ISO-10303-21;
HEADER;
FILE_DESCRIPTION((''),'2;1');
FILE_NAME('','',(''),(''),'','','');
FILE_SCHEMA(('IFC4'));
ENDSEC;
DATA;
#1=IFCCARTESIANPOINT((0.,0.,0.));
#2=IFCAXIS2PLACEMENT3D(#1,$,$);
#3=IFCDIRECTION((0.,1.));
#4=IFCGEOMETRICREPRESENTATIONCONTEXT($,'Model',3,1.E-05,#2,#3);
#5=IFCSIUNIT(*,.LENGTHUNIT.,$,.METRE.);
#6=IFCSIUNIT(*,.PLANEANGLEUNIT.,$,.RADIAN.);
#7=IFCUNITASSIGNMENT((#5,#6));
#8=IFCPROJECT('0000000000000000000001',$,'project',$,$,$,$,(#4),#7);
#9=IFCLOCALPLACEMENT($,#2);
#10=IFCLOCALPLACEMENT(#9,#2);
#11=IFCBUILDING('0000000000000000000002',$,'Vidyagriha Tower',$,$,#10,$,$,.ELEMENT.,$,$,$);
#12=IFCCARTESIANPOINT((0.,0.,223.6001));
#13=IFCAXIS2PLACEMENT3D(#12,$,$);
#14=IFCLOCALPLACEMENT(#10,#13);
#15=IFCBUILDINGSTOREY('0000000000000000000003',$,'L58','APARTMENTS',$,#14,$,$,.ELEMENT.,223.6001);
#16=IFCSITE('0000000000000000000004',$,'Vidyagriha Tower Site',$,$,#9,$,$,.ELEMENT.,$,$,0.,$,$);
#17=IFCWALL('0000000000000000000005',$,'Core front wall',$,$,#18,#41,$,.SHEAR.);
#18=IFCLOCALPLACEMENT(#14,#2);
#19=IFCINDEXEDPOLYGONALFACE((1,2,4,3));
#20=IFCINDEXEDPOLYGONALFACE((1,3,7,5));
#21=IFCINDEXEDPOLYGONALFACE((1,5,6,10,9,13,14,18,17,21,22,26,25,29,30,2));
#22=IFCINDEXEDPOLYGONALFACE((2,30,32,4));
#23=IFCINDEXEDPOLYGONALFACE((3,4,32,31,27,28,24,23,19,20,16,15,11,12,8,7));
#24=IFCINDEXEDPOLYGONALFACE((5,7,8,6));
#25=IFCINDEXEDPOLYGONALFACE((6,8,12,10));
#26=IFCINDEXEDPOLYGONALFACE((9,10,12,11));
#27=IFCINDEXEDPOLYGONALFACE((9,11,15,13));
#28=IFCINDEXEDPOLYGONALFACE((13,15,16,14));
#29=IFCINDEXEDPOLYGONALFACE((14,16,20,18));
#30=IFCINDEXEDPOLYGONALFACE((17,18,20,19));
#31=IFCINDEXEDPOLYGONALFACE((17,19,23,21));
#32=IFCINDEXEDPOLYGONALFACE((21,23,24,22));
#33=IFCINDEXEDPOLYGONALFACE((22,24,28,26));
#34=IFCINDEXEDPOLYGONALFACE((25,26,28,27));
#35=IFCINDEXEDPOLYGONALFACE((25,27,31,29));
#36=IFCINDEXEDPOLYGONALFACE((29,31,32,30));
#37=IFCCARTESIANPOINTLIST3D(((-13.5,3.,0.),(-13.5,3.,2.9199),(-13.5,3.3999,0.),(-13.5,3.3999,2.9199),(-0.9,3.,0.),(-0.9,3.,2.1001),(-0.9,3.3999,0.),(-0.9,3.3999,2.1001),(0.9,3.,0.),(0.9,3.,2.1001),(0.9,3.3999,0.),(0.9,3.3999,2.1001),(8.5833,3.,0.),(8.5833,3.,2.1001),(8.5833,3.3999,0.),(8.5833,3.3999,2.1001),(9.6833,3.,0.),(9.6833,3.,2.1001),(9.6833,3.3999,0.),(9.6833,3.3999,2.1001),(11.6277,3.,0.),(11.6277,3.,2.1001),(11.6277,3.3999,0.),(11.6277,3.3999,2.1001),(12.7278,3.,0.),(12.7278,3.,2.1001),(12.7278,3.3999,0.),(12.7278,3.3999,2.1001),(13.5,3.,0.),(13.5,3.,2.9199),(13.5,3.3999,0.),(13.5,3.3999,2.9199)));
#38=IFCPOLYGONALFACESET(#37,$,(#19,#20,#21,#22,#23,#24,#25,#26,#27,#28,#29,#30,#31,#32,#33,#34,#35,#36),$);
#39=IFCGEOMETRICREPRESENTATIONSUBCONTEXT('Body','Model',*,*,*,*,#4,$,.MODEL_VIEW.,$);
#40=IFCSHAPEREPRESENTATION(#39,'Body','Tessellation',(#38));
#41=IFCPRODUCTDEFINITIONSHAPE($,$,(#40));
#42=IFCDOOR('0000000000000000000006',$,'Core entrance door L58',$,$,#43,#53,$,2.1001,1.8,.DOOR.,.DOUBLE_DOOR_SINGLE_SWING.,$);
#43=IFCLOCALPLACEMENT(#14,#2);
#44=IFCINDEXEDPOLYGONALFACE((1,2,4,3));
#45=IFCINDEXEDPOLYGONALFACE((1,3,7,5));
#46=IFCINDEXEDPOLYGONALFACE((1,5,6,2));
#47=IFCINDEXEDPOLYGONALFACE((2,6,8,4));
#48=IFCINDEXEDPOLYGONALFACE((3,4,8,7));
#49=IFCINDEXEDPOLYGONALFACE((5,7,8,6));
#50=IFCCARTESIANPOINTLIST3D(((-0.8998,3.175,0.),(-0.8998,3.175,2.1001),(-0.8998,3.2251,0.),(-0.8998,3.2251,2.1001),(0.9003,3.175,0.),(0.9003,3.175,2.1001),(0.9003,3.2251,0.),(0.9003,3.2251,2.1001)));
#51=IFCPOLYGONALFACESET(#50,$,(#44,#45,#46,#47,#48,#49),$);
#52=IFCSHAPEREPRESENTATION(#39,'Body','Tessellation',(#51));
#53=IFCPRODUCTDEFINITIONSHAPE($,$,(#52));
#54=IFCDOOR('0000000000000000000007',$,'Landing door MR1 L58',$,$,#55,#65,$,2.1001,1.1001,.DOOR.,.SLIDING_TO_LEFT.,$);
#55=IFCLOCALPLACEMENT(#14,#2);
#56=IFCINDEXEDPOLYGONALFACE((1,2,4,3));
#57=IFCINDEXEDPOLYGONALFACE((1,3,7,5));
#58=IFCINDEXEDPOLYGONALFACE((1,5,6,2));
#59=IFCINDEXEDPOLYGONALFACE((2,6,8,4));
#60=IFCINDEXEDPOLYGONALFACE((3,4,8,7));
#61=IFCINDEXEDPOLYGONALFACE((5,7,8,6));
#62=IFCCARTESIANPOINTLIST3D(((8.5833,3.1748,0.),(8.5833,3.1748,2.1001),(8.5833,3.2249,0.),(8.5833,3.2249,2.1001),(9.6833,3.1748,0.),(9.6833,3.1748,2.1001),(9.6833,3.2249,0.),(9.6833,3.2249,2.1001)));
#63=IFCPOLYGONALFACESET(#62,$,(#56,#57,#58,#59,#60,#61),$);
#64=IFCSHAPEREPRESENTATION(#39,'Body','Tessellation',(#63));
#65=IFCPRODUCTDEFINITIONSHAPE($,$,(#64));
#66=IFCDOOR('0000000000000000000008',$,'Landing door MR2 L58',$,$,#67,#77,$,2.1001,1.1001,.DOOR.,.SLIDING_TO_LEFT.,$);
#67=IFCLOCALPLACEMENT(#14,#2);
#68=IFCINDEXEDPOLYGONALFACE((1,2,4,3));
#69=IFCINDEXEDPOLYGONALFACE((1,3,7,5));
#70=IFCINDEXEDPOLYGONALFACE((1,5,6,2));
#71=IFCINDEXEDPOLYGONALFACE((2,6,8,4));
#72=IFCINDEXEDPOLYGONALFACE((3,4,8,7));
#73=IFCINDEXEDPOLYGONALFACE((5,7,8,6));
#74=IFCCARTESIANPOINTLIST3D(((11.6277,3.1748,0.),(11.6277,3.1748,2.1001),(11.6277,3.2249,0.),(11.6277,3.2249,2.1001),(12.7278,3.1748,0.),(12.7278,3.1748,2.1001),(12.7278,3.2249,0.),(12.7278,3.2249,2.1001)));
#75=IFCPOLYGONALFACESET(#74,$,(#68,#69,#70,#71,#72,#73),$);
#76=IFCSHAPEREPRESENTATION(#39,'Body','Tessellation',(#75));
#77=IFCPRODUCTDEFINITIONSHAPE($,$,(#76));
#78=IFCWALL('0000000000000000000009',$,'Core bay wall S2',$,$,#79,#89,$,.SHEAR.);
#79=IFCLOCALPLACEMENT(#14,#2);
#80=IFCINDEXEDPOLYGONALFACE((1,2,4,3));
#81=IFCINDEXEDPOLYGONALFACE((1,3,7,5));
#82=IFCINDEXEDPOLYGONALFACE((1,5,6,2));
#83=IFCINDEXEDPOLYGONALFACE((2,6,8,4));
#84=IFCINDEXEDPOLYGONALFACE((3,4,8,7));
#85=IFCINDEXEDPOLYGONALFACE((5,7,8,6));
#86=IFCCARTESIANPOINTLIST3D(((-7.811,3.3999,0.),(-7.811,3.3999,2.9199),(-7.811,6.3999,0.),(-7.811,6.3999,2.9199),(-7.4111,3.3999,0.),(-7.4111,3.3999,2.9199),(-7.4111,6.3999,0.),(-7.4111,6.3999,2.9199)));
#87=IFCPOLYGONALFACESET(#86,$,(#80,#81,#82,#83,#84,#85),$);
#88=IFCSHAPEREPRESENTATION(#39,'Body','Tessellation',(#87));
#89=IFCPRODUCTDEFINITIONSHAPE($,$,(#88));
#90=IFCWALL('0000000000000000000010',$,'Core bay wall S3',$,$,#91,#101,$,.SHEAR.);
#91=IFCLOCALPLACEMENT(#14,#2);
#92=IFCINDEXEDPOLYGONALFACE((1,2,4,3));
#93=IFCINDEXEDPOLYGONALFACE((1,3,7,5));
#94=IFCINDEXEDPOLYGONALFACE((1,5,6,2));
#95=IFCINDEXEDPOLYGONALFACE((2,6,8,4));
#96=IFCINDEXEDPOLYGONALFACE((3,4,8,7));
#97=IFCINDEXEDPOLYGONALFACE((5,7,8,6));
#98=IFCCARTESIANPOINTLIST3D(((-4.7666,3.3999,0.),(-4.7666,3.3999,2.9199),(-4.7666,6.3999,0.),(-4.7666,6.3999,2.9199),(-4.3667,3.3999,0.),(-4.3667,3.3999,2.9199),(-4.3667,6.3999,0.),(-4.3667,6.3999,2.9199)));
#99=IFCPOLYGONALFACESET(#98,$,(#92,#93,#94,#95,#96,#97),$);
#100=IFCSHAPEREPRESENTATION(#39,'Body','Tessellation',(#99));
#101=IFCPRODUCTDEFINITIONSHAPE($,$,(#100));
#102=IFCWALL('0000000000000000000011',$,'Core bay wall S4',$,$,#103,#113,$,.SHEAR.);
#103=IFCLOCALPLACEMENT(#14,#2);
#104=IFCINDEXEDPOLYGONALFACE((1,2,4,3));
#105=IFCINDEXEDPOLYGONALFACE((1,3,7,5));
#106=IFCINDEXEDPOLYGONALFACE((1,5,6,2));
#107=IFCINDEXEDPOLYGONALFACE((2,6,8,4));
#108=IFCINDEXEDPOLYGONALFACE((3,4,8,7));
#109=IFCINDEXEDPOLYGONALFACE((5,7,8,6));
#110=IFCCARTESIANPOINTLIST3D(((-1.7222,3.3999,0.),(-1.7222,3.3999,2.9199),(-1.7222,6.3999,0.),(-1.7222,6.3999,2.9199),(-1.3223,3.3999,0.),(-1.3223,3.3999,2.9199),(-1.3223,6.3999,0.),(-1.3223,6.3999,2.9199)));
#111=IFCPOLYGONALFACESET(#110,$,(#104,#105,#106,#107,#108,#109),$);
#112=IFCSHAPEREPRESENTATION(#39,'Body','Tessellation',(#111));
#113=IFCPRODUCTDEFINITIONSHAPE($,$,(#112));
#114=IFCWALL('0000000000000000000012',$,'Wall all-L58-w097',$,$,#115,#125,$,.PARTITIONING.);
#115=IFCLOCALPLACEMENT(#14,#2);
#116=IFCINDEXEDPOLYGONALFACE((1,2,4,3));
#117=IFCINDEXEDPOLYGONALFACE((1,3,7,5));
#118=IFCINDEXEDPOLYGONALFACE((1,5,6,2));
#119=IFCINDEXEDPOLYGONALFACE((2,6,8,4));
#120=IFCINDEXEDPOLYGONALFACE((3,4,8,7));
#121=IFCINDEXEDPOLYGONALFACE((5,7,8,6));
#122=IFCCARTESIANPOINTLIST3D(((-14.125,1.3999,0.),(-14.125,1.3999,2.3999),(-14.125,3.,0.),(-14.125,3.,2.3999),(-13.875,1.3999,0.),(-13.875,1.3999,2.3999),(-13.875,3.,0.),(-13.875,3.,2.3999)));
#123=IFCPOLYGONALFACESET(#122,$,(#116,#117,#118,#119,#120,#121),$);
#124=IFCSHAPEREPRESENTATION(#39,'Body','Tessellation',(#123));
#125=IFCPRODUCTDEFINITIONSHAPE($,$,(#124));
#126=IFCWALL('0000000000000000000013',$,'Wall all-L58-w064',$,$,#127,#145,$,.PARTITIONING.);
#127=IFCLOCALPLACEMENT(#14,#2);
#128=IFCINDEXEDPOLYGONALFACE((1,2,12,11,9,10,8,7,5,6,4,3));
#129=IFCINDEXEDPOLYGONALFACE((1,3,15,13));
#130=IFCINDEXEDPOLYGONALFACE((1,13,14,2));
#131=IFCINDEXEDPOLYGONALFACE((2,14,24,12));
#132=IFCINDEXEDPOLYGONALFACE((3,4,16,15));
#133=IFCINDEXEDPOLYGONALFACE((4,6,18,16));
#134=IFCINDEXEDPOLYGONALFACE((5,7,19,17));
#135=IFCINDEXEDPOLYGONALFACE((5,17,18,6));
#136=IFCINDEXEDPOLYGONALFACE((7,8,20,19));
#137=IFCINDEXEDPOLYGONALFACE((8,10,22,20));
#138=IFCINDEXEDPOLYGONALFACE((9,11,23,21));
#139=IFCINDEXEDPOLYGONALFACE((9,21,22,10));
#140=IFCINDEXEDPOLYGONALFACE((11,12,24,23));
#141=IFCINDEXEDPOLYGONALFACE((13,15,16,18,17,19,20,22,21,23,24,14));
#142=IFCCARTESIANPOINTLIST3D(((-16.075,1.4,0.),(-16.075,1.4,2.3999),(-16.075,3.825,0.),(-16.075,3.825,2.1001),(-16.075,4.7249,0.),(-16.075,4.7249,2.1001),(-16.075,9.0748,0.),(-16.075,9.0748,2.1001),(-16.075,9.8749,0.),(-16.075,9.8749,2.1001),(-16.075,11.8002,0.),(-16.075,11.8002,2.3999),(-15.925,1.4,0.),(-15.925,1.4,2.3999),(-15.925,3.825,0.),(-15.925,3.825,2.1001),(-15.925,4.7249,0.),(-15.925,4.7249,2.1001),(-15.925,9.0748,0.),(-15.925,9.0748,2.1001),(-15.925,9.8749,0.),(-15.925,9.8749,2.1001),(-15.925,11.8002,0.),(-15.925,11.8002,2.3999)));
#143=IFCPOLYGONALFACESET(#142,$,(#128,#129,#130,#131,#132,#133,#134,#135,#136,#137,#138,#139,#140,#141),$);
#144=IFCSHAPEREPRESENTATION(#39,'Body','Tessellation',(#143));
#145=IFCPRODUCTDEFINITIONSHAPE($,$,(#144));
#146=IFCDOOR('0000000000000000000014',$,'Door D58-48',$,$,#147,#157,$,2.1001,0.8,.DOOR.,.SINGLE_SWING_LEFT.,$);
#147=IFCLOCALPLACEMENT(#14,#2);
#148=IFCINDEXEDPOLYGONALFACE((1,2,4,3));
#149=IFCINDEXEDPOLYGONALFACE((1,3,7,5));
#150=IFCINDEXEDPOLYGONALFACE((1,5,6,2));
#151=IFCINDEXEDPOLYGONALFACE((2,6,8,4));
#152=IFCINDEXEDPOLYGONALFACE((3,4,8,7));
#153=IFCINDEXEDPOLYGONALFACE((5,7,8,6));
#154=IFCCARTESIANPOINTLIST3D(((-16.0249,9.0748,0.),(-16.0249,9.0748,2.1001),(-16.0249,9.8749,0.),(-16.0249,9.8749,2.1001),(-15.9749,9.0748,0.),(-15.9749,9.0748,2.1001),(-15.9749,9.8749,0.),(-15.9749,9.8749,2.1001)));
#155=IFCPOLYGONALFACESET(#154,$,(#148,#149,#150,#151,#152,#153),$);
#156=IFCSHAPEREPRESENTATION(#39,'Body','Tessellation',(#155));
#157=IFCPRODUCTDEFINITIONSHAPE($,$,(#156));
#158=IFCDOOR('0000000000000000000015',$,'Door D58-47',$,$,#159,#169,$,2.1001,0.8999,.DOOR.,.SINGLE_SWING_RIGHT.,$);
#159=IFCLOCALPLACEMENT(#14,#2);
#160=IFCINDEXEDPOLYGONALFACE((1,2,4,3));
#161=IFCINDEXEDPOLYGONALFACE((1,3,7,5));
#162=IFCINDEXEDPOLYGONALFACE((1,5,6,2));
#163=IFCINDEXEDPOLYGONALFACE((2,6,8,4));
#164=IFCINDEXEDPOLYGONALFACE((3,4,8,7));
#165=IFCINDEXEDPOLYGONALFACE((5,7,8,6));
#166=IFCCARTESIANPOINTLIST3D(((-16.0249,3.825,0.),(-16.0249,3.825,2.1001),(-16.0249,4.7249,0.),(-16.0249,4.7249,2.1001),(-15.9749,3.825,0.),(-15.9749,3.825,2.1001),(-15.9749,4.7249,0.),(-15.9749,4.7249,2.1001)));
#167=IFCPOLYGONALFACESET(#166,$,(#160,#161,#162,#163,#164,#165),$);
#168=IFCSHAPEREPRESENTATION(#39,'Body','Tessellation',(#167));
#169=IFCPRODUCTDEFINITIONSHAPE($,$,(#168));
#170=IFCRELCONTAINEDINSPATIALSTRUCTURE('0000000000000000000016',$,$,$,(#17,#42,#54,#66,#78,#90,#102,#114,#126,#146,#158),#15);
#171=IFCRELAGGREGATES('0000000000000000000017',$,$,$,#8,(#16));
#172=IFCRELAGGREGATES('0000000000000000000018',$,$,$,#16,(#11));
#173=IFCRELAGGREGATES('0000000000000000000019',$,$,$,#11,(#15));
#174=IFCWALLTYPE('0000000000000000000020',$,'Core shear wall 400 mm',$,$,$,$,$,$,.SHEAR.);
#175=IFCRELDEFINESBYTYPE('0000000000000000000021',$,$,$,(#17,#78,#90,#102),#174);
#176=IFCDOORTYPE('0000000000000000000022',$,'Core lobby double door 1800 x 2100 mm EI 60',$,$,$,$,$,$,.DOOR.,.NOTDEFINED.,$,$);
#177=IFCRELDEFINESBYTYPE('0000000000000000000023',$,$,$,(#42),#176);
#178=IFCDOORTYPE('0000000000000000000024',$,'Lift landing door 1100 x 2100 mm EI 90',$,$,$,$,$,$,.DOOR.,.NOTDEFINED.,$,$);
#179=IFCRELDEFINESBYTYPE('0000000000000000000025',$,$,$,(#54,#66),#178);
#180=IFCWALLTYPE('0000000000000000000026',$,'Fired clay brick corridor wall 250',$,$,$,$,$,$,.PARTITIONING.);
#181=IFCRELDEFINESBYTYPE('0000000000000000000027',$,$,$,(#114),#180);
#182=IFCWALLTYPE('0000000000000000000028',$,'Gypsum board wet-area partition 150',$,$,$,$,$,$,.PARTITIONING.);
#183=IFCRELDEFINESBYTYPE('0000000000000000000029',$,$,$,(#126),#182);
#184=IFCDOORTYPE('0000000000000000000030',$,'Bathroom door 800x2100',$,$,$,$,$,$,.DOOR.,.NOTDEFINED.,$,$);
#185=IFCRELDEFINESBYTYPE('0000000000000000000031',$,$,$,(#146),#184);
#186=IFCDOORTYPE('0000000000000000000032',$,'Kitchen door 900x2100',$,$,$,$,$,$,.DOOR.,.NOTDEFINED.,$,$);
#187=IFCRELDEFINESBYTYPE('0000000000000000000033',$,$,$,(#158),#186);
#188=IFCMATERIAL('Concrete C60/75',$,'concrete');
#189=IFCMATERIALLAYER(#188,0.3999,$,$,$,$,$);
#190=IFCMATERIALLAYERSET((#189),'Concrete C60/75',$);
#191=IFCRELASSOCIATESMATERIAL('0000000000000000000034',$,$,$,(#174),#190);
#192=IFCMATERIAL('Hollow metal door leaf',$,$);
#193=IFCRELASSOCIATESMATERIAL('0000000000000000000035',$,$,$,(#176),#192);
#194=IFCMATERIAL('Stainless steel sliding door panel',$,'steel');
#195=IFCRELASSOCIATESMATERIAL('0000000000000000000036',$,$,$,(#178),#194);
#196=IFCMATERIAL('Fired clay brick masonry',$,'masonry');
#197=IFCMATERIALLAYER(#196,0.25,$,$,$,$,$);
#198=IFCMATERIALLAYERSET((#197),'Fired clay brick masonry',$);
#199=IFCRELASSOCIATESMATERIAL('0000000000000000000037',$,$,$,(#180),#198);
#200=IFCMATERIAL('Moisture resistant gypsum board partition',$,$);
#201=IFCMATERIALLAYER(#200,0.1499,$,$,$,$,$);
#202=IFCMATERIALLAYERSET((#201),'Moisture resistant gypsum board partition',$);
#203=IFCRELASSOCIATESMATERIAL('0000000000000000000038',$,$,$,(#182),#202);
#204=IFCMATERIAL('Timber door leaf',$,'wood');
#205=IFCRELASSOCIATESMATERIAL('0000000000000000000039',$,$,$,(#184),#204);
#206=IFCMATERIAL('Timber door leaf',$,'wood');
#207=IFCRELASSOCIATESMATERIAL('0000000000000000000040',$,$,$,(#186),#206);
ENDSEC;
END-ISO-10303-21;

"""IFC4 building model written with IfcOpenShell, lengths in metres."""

from ifc_helpers import new_model, si_unit, direction, frame, frame_2d, origin, place, context, subcontext, project, spatial, rectangle, extrude, material, layer, layer_set, type_object, element, fill, save


model = new_model("IFC4")

# Units and contexts
model_context = context("Model", 3, precision=1e-05, world=origin(), true_north=direction((0.0, 1.0)))
body_context = subcontext(model_context, "Body", "Model", "MODEL_VIEW")
ifc_project = project(units=[si_unit("LENGTHUNIT", "METRE"), si_unit("PLANEANGLEUNIT", "RADIAN")], contexts=[model_context])

# Site, building, storey
site_placement = place(None, origin())
site = spatial("IfcSite", under=ifc_project, at=site_placement, Name="Vidyagriha Tower Site", CompositionType="ELEMENT", RefElevation=0.0)
building_placement = place(site_placement, origin())
building = spatial("IfcBuilding", under=site, at=building_placement, Name="Vidyagriha Tower", CompositionType="ELEMENT")
storey_placement = place(building_placement, frame((0.0, 0.0, 223.6001)))
storey = spatial("IfcBuildingStorey", under=building, at=storey_placement, Name="L58", Description="APARTMENTS", CompositionType="ELEMENT", Elevation=223.6001)

# Shared definitions
ifc_material_1 = material(Name="Concrete C60/75", Category="concrete")
ifc_layer_1 = layer(ifc_material_1, 0.3999)
ifc_layer_set_1 = layer_set([ifc_layer_1], Name="Concrete C60/75")
wall_type_1 = type_object("IfcWallType", Name="Core shear wall 400 mm", PredefinedType="SHEAR", material=ifc_layer_set_1)

# Wall, openings, doors
wall_1_placement = place(storey_placement, frame((-13.5, 3.2, 0.0)))
wall_1 = element("IfcWall", 1, at=wall_1_placement, inside=storey, type_object=wall_type_1, Name="Core front wall", PredefinedType="SHEAR", context=body_context, shape_type="SweptSolid", body=[
    extrude(rectangle(XDim=27.0, YDim=0.3999, at=frame_2d((13.5, 0.0))), origin(), (0.0, 0.0, 1.0), 2.9199),
])
opening_1_placement = place(wall_1_placement, frame((22.0833, 0.0, 0.0)))
opening_1 = element("IfcOpeningElement", 2, at=opening_1_placement, cuts=wall_1, PredefinedType="OPENING", context=body_context, shape_type="SweptSolid", body=[
    extrude(rectangle(XDim=1.1001, YDim=2.1001, at=frame_2d((0.55, 1.05))), frame((0.0, 0.21, 0.0), z_axis=(0.0, -1.0, 0.0), x_axis=(1.0, 0.0, 0.0)), (0.0, 0.0, 1.0), 0.4199),
])
opening_2_placement = place(wall_1_placement, frame((25.1277, 0.0, 0.0)))
opening_2 = element("IfcOpeningElement", 3, at=opening_2_placement, cuts=wall_1, PredefinedType="OPENING", context=body_context, shape_type="SweptSolid", body=[
    extrude(rectangle(XDim=1.1001, YDim=2.1001, at=frame_2d((0.55, 1.05))), frame((0.0, 0.21, 0.0), z_axis=(0.0, -1.0, 0.0), x_axis=(1.0, 0.0, 0.0)), (0.0, 0.0, 1.0), 0.4199),
])
opening_3_placement = place(wall_1_placement, frame((12.6001, 0.0, 0.0)))
opening_3 = element("IfcOpeningElement", 4, at=opening_3_placement, cuts=wall_1, PredefinedType="OPENING", context=body_context, shape_type="SweptSolid", body=[
    extrude(rectangle(XDim=1.8, YDim=2.1001, at=frame_2d((0.8999, 1.05))), frame((0.0, 0.21, 0.0), z_axis=(0.0, -1.0, 0.0), x_axis=(1.0, 0.0, 0.0)), (0.0, 0.0, 1.0), 0.4199),
])
ifc_material_2 = material(Name="Hollow metal door leaf")
door_type_1 = type_object("IfcDoorType", Name="Core lobby double door 1800 x 2100 mm EI 60", OperationType="NOTDEFINED", PredefinedType="DOOR", material=ifc_material_2)
door_1_placement = place(opening_3_placement, frame((1.8, 0.0, 0.0), z_axis=(0.0, 0.0, 1.0), x_axis=(-1.0, 0.0, 0.0)))
door_1 = element("IfcDoor", 5, at=door_1_placement, inside=storey, type_object=door_type_1, Name="Core entrance door L58", OperationType="DOUBLE_DOOR_SINGLE_SWING", OverallHeight=2.1001, OverallWidth=1.8, PredefinedType="DOOR", context=body_context, shape_type="SweptSolid", body=[
    extrude(rectangle(XDim=1.8, YDim=2.1001, at=frame_2d((0.8999, 1.05))), frame((0.0, 0.0249, 0.0), z_axis=(0.0, -1.0, 0.0), x_axis=(1.0, 0.0, 0.0)), (0.0, 0.0, 1.0), 0.05),
])
fill(opening_3, door_1)
ifc_material_3 = material(Name="Stainless steel sliding door panel", Category="steel")
door_type_2 = type_object("IfcDoorType", Name="Lift landing door 1100 x 2100 mm EI 90", OperationType="NOTDEFINED", PredefinedType="DOOR", material=ifc_material_3)
door_2_placement = place(opening_1_placement, origin())
door_2 = element("IfcDoor", 6, at=door_2_placement, inside=storey, type_object=door_type_2, Name="Landing door MR1 L58", OperationType="SLIDING_TO_LEFT", OverallHeight=2.1001, OverallWidth=1.1001, PredefinedType="DOOR", context=body_context, shape_type="SweptSolid", body=[
    extrude(rectangle(XDim=1.1001, YDim=2.1001, at=frame_2d((0.55, 1.05))), frame((0.0, 0.0249, 0.0), z_axis=(0.0, -1.0, 0.0), x_axis=(1.0, 0.0, 0.0)), (0.0, 0.0, 1.0), 0.05),
])
fill(opening_1, door_2)
door_3_placement = place(opening_2_placement, origin())
door_3 = element("IfcDoor", 7, at=door_3_placement, inside=storey, type_object=door_type_2, Name="Landing door MR2 L58", OperationType="SLIDING_TO_LEFT", OverallHeight=2.1001, OverallWidth=1.1001, PredefinedType="DOOR", context=body_context, shape_type="SweptSolid", body=[
    extrude(rectangle(XDim=1.1001, YDim=2.1001, at=frame_2d((0.55, 1.05))), frame((0.0, 0.0249, 0.0), z_axis=(0.0, -1.0, 0.0), x_axis=(1.0, 0.0, 0.0)), (0.0, 0.0, 1.0), 0.05),
])
fill(opening_2, door_3)

# Walls
for number, where, z_axis, x_axis, name in (
    (8, (-7.6111, 3.3999, 0.0), (0.0, 0.0, 1.0), (0.0, 1.0, 0.0), "Core bay wall S2"),
    (9, (-4.5667, 3.3999, 0.0), (0.0, 0.0, 1.0), (0.0, 1.0, 0.0), "Core bay wall S3"),
    (10, (-1.5222, 3.3999, 0.0), (0.0, 0.0, 1.0), (0.0, 1.0, 0.0), "Core bay wall S4"),
):
    element("IfcWall", number, at=place(storey_placement, frame(where, z_axis=z_axis, x_axis=x_axis)), inside=storey, type_object=wall_type_1, Name=name, PredefinedType="SHEAR", context=body_context, shape_type="SweptSolid", body=[
        extrude(rectangle(XDim=3.0, YDim=0.3999, at=frame_2d((1.5, 0.0))), origin(), (0.0, 0.0, 1.0), 2.9199),
    ])
ifc_material_4 = material(Name="Fired clay brick masonry", Category="masonry")
ifc_layer_2 = layer(ifc_material_4, 0.25)
ifc_layer_set_2 = layer_set([ifc_layer_2], Name="Fired clay brick masonry")
wall_type_2 = type_object("IfcWallType", Name="Fired clay brick corridor wall 250", PredefinedType="PARTITIONING", material=ifc_layer_set_2)
wall_2_placement = place(storey_placement, frame((-14.0, 3.0, 0.0), z_axis=(0.0, 0.0, 1.0), x_axis=(0.0, -1.0, 0.0)))
element("IfcWall", 11, at=wall_2_placement, inside=storey, type_object=wall_type_2, Name="Wall all-L58-w097", PredefinedType="PARTITIONING", context=body_context, shape_type="SweptSolid", body=[
    extrude(rectangle(XDim=1.6001, YDim=0.25, at=frame_2d((0.8, 0.0))), origin(), (0.0, 0.0, 1.0), 2.3999),
])

# Wall, openings, doors
ifc_material_5 = material(Name="Moisture resistant gypsum board partition")
ifc_layer_3 = layer(ifc_material_5, 0.1499)
ifc_layer_set_3 = layer_set([ifc_layer_3], Name="Moisture resistant gypsum board partition")
wall_type_3 = type_object("IfcWallType", Name="Gypsum board wet-area partition 150", PredefinedType="PARTITIONING", material=ifc_layer_set_3)
wall_3_placement = place(storey_placement, frame((-16.0, 1.3999, 0.0), z_axis=(0.0, 0.0, 1.0), x_axis=(0.0, 1.0, 0.0)))
wall_3 = element("IfcWall", 12, at=wall_3_placement, inside=storey, type_object=wall_type_3, Name="Wall all-L58-w064", PredefinedType="PARTITIONING", context=body_context, shape_type="SweptSolid", body=[
    extrude(rectangle(XDim=10.4001, YDim=0.1499, at=frame_2d((5.2002, 0.0))), origin(), (0.0, 0.0, 1.0), 2.3999),
])
opening_4_placement = place(wall_3_placement, frame((2.425, 0.0, 0.0)))
opening_4 = element("IfcOpeningElement", 13, at=opening_4_placement, cuts=wall_3, PredefinedType="OPENING", context=body_context, shape_type="SweptSolid", body=[
    extrude(rectangle(XDim=0.8999, YDim=2.1001, at=frame_2d((0.45, 1.05))), frame((0.0, 0.085, 0.0), z_axis=(0.0, -1.0, 0.0), x_axis=(1.0, 0.0, 0.0)), (0.0, 0.0, 1.0), 0.1699),
])
opening_5_placement = place(wall_3_placement, frame((7.675, 0.0, 0.0)))
opening_5 = element("IfcOpeningElement", 14, at=opening_5_placement, cuts=wall_3, PredefinedType="OPENING", context=body_context, shape_type="SweptSolid", body=[
    extrude(rectangle(XDim=0.8, YDim=2.1001, at=frame_2d((0.3999, 1.05))), frame((0.0, 0.085, 0.0), z_axis=(0.0, -1.0, 0.0), x_axis=(1.0, 0.0, 0.0)), (0.0, 0.0, 1.0), 0.1699),
])
ifc_material_6 = material(Name="Timber door leaf", Category="wood")
door_type_3 = type_object("IfcDoorType", Name="Bathroom door 800x2100", OperationType="NOTDEFINED", PredefinedType="DOOR", material=ifc_material_6)
door_4_placement = place(opening_5_placement, origin())
door_4 = element("IfcDoor", 15, at=door_4_placement, inside=storey, type_object=door_type_3, Name="Door D58-48", OperationType="SINGLE_SWING_LEFT", OverallHeight=2.1001, OverallWidth=0.8, PredefinedType="DOOR", context=body_context, shape_type="SweptSolid", body=[
    extrude(rectangle(XDim=0.8, YDim=2.1001, at=frame_2d((0.3999, 1.05))), frame((0.0, 0.0249, 0.0), z_axis=(0.0, -1.0, 0.0), x_axis=(1.0, 0.0, 0.0)), (0.0, 0.0, 1.0), 0.05),
])
fill(opening_5, door_4)
ifc_material_7 = material(Name="Timber door leaf", Category="wood")
door_type_4 = type_object("IfcDoorType", Name="Kitchen door 900x2100", OperationType="NOTDEFINED", PredefinedType="DOOR", material=ifc_material_7)
door_5_placement = place(opening_4_placement, origin())
door_5 = element("IfcDoor", 16, at=door_5_placement, inside=storey, type_object=door_type_4, Name="Door D58-47", OperationType="SINGLE_SWING_RIGHT", OverallHeight=2.1001, OverallWidth=0.8999, PredefinedType="DOOR", context=body_context, shape_type="SweptSolid", body=[
    extrude(rectangle(XDim=0.8999, YDim=2.1001, at=frame_2d((0.45, 1.05))), frame((0.0, 0.0249, 0.0), z_axis=(0.0, -1.0, 0.0), x_axis=(1.0, 0.0, 0.0)), (0.0, 0.0, 1.0), 0.05),
])
fill(opening_4, door_5)

save(model, "model.ifc")
